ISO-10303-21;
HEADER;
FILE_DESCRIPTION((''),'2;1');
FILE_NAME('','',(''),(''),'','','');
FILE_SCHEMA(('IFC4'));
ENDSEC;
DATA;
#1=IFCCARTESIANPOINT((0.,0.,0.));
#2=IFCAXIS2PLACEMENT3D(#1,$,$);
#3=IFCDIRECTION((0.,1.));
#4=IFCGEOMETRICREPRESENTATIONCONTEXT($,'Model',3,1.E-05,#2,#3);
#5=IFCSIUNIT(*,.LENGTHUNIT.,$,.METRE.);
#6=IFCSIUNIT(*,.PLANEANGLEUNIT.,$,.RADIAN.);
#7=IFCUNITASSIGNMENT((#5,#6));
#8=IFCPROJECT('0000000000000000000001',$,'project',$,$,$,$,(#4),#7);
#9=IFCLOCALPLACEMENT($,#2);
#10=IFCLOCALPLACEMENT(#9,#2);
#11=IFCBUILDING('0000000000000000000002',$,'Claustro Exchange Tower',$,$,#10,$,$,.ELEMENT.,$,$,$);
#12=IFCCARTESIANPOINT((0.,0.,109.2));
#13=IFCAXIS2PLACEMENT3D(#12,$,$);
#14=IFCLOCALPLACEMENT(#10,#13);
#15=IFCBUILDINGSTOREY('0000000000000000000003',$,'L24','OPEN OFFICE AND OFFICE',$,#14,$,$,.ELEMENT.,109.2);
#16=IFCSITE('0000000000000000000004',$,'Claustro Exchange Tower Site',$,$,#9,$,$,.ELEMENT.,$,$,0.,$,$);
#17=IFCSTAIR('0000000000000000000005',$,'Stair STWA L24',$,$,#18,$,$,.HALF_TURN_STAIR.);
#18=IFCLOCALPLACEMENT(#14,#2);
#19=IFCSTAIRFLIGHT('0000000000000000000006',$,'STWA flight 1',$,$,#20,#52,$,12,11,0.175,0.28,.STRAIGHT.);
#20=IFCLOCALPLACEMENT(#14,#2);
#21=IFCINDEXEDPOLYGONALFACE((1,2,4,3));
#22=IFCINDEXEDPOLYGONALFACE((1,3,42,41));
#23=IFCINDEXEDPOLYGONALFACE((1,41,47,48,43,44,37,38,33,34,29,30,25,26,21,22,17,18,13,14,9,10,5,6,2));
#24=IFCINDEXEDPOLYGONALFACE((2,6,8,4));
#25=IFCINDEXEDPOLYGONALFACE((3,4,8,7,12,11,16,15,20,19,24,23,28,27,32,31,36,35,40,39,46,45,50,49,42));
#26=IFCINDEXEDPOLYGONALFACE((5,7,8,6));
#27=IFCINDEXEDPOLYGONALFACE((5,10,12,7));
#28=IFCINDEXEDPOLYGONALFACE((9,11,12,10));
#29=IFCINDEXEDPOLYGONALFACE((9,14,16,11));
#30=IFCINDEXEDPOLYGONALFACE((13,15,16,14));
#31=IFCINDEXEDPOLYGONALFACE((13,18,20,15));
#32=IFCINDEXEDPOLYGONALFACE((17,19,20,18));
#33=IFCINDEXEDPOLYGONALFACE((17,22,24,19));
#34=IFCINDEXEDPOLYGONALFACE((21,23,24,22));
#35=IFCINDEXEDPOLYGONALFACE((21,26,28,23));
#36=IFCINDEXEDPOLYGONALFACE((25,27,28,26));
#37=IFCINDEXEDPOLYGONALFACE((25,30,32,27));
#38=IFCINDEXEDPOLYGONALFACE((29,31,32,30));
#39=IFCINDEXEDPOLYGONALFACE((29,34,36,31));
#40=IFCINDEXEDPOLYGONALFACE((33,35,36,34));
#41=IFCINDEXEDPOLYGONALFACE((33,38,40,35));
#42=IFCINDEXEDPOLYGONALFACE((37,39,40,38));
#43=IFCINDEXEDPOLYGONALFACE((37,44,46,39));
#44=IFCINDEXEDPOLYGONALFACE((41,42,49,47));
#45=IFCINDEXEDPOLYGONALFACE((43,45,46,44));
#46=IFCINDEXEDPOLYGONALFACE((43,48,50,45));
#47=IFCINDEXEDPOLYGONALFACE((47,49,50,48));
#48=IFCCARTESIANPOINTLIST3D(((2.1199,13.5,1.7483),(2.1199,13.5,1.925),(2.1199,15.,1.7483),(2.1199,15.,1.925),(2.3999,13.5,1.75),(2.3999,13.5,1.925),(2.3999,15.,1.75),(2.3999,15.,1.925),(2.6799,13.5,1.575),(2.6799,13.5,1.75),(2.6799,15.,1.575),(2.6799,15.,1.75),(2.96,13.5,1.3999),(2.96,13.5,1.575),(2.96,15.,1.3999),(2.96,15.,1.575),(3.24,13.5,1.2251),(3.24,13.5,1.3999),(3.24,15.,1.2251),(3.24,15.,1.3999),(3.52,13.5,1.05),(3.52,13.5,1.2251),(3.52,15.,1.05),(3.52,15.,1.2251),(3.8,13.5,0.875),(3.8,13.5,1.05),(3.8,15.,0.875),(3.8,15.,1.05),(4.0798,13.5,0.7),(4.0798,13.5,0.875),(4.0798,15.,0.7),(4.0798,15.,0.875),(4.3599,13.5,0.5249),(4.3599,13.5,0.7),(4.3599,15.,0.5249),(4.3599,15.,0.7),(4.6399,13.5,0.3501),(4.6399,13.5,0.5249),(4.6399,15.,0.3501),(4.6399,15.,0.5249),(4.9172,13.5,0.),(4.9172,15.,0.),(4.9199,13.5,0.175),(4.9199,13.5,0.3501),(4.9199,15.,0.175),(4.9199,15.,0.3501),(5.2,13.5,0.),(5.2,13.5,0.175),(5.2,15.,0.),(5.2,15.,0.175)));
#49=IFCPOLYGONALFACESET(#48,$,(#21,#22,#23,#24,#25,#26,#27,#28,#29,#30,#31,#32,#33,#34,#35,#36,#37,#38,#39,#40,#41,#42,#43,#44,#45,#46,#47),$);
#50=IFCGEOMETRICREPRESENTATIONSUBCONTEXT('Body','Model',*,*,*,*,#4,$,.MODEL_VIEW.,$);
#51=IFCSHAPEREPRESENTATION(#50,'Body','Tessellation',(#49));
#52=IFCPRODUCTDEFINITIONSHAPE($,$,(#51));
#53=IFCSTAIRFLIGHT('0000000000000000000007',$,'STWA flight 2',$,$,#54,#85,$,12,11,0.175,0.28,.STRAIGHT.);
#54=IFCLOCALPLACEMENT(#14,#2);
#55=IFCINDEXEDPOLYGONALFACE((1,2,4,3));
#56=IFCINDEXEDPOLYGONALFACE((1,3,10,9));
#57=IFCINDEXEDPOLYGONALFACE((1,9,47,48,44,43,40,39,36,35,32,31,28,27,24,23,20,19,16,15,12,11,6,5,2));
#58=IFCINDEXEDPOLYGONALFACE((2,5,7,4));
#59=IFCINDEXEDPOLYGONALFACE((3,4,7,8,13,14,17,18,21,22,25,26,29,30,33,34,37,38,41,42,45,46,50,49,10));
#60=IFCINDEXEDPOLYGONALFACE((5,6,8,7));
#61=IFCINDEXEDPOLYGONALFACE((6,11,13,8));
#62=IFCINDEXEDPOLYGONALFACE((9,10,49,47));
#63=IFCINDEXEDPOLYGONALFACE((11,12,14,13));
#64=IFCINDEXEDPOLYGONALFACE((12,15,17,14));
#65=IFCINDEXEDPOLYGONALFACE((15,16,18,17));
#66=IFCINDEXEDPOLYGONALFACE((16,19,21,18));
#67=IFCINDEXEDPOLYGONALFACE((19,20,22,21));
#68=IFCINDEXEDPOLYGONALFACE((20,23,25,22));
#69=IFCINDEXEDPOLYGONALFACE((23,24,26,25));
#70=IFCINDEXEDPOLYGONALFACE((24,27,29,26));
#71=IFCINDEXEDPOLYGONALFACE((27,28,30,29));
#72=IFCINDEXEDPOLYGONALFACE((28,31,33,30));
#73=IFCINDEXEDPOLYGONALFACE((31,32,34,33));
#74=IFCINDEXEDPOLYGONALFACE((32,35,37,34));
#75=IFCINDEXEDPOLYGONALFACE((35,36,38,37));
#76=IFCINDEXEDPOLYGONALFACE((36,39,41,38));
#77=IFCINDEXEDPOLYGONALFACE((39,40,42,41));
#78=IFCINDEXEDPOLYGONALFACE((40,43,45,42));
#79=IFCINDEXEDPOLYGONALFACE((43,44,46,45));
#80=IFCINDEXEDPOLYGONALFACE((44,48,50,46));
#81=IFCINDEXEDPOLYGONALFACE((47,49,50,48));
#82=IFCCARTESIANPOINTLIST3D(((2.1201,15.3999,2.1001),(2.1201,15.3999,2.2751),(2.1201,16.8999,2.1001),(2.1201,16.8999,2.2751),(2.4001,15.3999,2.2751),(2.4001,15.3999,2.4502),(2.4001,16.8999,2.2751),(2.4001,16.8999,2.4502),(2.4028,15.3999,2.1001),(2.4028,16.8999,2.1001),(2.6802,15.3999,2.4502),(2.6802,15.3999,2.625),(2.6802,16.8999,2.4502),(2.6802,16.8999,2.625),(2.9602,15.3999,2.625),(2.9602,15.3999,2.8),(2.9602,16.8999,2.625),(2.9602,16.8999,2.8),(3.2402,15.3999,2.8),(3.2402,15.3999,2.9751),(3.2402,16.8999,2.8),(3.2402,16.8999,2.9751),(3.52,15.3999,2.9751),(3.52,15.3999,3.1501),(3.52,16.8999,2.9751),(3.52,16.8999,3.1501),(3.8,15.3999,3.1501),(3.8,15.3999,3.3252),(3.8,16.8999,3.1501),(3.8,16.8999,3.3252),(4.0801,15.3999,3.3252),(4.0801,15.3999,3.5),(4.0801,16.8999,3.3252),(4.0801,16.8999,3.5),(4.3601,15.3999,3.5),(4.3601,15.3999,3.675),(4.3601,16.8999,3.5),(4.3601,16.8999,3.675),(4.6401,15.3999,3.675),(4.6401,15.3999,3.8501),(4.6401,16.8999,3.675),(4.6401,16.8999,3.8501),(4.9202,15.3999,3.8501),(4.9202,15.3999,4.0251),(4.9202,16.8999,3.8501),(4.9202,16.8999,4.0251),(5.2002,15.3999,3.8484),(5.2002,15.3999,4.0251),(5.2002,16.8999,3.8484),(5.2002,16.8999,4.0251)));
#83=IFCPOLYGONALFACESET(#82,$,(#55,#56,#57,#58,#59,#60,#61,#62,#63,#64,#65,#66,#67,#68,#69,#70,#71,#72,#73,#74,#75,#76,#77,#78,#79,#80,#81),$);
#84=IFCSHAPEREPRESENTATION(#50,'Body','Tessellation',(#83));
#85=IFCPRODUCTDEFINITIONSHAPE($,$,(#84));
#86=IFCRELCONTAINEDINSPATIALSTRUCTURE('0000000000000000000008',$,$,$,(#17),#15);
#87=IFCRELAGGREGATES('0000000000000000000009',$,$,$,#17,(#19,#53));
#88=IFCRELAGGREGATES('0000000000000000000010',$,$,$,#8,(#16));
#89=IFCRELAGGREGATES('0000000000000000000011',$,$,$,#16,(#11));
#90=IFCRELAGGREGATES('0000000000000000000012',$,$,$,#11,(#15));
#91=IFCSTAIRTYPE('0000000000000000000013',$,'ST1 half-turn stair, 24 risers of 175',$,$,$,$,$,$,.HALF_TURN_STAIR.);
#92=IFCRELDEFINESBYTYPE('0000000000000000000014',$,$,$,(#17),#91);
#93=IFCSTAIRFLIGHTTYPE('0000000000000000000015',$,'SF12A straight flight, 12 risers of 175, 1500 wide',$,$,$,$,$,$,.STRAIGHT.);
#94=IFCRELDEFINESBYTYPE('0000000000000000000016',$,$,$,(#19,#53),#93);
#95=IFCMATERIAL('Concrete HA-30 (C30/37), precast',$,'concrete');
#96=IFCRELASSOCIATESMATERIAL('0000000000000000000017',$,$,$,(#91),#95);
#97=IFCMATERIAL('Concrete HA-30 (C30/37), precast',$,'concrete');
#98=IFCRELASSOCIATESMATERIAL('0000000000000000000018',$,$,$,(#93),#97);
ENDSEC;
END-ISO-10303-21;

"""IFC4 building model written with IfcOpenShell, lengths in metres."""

from ifc_helpers import new_model, si_unit, direction, frame, origin, place, context, subcontext, project, spatial, polyline, outline, extrude, material, type_object, element, aggregate, save


model = new_model("IFC4")

# Units and contexts
model_context = context("Model", 3, precision=1e-05, world=origin(), true_north=direction((0.0, 1.0)))
body_context = subcontext(model_context, "Body", "Model", "MODEL_VIEW")
ifc_project = project(units=[si_unit("LENGTHUNIT", "METRE"), si_unit("PLANEANGLEUNIT", "RADIAN")], contexts=[model_context])

# Site, building, storey
site_placement = place(None, origin())
site = spatial("IfcSite", under=ifc_project, at=site_placement, Name="Claustro Exchange Tower Site", CompositionType="ELEMENT", RefElevation=0.0)
building_placement = place(site_placement, origin())
building = spatial("IfcBuilding", under=site, at=building_placement, Name="Claustro Exchange Tower", CompositionType="ELEMENT")
storey_placement = place(building_placement, frame((0.0, 0.0, 109.2)))
storey = spatial("IfcBuildingStorey", under=building, at=storey_placement, Name="L24", Description="OPEN OFFICE AND OFFICE", CompositionType="ELEMENT", Elevation=109.2)

# Stair, stair flights
ifc_material_1 = material(Name="Concrete HA-30 (C30/37), precast", Category="concrete")
stair_type = type_object("IfcStairType", Name="ST1 half-turn stair, 24 risers of 175", PredefinedType="HALF_TURN_STAIR", material=ifc_material_1)
stair_placement = place(storey_placement, origin())
stair = element("IfcStair", 1, at=stair_placement, inside=storey, type_object=stair_type, Name="Stair STWA L24", PredefinedType="HALF_TURN_STAIR")
ifc_material_2 = material(Name="Concrete HA-30 (C30/37), precast", Category="concrete")
stair_flight_type = type_object("IfcStairFlightType", Name="SF12A straight flight, 12 risers of 175, 1500 wide", PredefinedType="STRAIGHT", material=ifc_material_2)
stair_flight_1_placement = place(storey_placement, frame((5.2, 14.25, 0.0), z_axis=(0.0, 0.0, 1.0), x_axis=(-1.0, 0.0, 0.0)))
stair_flight_1 = element("IfcStairFlight", 2, at=stair_flight_1_placement, type_object=stair_flight_type, Name="STWA flight 1", NumberOfRisers=12, NumberOfTreads=11, PredefinedType="STRAIGHT", RiserHeight=0.175, TreadLength=0.28, context=body_context, shape_type="SweptSolid", body=[
    extrude(outline(polyline([(0.0, 0.0), (0.0, 0.175), (0.28, 0.175), (0.28, 0.3501), (0.5601, 0.3501), (0.5601, 0.5249), (0.8401, 0.5249), (0.8401, 0.7), (1.1201, 0.7), (1.1201, 0.875), (1.3999, 0.875), (1.3999, 1.05), (1.6799, 1.05), (1.6799, 1.2251), (1.96, 1.2251), (1.96, 1.3999), (2.24, 1.3999), (2.24, 1.575), (2.52, 1.575), (2.52, 1.75), (2.8, 1.75), (2.8, 1.925), (3.0801, 1.925), (3.0801, 2.1001), (3.0801, 1.7483), (0.2827, 0.0), (0.0, 0.0)])), frame((0.0, 0.75, 0.0), z_axis=(0.0, -1.0, 0.0), x_axis=(1.0, 0.0, 0.0)), (0.0, 0.0, 1.0), 1.5),
])
stair_flight_2_placement = place(storey_placement, frame((2.1201, 16.1499, 2.1001), z_axis=(0.0, 0.0, 1.0), x_axis=(1.0, 0.0, 0.0)))
stair_flight_2 = element("IfcStairFlight", 3, at=stair_flight_2_placement, type_object=stair_flight_type, Name="STWA flight 2", NumberOfRisers=12, NumberOfTreads=11, PredefinedType="STRAIGHT", RiserHeight=0.175, TreadLength=0.28, context=body_context, shape_type="SweptSolid", body=[
    extrude(outline(polyline([(0.0, 0.0), (0.0, 0.175), (0.28, 0.175), (0.28, 0.3501), (0.5601, 0.3501), (0.5601, 0.5249), (0.8401, 0.5249), (0.8401, 0.7), (1.1201, 0.7), (1.1201, 0.875), (1.3999, 0.875), (1.3999, 1.05), (1.6799, 1.05), (1.6799, 1.2251), (1.96, 1.2251), (1.96, 1.3999), (2.24, 1.3999), (2.24, 1.575), (2.52, 1.575), (2.52, 1.75), (2.8, 1.75), (2.8, 1.925), (3.0801, 1.925), (3.0801, 2.1001), (3.0801, 1.7483), (0.2827, 0.0), (0.0, 0.0)])), frame((0.0, 0.75, 0.0), z_axis=(0.0, -1.0, 0.0), x_axis=(1.0, 0.0, 0.0)), (0.0, 0.0, 1.0), 1.5),
])
aggregate(stair, [stair_flight_1, stair_flight_2])

save(model, "model.ifc")
